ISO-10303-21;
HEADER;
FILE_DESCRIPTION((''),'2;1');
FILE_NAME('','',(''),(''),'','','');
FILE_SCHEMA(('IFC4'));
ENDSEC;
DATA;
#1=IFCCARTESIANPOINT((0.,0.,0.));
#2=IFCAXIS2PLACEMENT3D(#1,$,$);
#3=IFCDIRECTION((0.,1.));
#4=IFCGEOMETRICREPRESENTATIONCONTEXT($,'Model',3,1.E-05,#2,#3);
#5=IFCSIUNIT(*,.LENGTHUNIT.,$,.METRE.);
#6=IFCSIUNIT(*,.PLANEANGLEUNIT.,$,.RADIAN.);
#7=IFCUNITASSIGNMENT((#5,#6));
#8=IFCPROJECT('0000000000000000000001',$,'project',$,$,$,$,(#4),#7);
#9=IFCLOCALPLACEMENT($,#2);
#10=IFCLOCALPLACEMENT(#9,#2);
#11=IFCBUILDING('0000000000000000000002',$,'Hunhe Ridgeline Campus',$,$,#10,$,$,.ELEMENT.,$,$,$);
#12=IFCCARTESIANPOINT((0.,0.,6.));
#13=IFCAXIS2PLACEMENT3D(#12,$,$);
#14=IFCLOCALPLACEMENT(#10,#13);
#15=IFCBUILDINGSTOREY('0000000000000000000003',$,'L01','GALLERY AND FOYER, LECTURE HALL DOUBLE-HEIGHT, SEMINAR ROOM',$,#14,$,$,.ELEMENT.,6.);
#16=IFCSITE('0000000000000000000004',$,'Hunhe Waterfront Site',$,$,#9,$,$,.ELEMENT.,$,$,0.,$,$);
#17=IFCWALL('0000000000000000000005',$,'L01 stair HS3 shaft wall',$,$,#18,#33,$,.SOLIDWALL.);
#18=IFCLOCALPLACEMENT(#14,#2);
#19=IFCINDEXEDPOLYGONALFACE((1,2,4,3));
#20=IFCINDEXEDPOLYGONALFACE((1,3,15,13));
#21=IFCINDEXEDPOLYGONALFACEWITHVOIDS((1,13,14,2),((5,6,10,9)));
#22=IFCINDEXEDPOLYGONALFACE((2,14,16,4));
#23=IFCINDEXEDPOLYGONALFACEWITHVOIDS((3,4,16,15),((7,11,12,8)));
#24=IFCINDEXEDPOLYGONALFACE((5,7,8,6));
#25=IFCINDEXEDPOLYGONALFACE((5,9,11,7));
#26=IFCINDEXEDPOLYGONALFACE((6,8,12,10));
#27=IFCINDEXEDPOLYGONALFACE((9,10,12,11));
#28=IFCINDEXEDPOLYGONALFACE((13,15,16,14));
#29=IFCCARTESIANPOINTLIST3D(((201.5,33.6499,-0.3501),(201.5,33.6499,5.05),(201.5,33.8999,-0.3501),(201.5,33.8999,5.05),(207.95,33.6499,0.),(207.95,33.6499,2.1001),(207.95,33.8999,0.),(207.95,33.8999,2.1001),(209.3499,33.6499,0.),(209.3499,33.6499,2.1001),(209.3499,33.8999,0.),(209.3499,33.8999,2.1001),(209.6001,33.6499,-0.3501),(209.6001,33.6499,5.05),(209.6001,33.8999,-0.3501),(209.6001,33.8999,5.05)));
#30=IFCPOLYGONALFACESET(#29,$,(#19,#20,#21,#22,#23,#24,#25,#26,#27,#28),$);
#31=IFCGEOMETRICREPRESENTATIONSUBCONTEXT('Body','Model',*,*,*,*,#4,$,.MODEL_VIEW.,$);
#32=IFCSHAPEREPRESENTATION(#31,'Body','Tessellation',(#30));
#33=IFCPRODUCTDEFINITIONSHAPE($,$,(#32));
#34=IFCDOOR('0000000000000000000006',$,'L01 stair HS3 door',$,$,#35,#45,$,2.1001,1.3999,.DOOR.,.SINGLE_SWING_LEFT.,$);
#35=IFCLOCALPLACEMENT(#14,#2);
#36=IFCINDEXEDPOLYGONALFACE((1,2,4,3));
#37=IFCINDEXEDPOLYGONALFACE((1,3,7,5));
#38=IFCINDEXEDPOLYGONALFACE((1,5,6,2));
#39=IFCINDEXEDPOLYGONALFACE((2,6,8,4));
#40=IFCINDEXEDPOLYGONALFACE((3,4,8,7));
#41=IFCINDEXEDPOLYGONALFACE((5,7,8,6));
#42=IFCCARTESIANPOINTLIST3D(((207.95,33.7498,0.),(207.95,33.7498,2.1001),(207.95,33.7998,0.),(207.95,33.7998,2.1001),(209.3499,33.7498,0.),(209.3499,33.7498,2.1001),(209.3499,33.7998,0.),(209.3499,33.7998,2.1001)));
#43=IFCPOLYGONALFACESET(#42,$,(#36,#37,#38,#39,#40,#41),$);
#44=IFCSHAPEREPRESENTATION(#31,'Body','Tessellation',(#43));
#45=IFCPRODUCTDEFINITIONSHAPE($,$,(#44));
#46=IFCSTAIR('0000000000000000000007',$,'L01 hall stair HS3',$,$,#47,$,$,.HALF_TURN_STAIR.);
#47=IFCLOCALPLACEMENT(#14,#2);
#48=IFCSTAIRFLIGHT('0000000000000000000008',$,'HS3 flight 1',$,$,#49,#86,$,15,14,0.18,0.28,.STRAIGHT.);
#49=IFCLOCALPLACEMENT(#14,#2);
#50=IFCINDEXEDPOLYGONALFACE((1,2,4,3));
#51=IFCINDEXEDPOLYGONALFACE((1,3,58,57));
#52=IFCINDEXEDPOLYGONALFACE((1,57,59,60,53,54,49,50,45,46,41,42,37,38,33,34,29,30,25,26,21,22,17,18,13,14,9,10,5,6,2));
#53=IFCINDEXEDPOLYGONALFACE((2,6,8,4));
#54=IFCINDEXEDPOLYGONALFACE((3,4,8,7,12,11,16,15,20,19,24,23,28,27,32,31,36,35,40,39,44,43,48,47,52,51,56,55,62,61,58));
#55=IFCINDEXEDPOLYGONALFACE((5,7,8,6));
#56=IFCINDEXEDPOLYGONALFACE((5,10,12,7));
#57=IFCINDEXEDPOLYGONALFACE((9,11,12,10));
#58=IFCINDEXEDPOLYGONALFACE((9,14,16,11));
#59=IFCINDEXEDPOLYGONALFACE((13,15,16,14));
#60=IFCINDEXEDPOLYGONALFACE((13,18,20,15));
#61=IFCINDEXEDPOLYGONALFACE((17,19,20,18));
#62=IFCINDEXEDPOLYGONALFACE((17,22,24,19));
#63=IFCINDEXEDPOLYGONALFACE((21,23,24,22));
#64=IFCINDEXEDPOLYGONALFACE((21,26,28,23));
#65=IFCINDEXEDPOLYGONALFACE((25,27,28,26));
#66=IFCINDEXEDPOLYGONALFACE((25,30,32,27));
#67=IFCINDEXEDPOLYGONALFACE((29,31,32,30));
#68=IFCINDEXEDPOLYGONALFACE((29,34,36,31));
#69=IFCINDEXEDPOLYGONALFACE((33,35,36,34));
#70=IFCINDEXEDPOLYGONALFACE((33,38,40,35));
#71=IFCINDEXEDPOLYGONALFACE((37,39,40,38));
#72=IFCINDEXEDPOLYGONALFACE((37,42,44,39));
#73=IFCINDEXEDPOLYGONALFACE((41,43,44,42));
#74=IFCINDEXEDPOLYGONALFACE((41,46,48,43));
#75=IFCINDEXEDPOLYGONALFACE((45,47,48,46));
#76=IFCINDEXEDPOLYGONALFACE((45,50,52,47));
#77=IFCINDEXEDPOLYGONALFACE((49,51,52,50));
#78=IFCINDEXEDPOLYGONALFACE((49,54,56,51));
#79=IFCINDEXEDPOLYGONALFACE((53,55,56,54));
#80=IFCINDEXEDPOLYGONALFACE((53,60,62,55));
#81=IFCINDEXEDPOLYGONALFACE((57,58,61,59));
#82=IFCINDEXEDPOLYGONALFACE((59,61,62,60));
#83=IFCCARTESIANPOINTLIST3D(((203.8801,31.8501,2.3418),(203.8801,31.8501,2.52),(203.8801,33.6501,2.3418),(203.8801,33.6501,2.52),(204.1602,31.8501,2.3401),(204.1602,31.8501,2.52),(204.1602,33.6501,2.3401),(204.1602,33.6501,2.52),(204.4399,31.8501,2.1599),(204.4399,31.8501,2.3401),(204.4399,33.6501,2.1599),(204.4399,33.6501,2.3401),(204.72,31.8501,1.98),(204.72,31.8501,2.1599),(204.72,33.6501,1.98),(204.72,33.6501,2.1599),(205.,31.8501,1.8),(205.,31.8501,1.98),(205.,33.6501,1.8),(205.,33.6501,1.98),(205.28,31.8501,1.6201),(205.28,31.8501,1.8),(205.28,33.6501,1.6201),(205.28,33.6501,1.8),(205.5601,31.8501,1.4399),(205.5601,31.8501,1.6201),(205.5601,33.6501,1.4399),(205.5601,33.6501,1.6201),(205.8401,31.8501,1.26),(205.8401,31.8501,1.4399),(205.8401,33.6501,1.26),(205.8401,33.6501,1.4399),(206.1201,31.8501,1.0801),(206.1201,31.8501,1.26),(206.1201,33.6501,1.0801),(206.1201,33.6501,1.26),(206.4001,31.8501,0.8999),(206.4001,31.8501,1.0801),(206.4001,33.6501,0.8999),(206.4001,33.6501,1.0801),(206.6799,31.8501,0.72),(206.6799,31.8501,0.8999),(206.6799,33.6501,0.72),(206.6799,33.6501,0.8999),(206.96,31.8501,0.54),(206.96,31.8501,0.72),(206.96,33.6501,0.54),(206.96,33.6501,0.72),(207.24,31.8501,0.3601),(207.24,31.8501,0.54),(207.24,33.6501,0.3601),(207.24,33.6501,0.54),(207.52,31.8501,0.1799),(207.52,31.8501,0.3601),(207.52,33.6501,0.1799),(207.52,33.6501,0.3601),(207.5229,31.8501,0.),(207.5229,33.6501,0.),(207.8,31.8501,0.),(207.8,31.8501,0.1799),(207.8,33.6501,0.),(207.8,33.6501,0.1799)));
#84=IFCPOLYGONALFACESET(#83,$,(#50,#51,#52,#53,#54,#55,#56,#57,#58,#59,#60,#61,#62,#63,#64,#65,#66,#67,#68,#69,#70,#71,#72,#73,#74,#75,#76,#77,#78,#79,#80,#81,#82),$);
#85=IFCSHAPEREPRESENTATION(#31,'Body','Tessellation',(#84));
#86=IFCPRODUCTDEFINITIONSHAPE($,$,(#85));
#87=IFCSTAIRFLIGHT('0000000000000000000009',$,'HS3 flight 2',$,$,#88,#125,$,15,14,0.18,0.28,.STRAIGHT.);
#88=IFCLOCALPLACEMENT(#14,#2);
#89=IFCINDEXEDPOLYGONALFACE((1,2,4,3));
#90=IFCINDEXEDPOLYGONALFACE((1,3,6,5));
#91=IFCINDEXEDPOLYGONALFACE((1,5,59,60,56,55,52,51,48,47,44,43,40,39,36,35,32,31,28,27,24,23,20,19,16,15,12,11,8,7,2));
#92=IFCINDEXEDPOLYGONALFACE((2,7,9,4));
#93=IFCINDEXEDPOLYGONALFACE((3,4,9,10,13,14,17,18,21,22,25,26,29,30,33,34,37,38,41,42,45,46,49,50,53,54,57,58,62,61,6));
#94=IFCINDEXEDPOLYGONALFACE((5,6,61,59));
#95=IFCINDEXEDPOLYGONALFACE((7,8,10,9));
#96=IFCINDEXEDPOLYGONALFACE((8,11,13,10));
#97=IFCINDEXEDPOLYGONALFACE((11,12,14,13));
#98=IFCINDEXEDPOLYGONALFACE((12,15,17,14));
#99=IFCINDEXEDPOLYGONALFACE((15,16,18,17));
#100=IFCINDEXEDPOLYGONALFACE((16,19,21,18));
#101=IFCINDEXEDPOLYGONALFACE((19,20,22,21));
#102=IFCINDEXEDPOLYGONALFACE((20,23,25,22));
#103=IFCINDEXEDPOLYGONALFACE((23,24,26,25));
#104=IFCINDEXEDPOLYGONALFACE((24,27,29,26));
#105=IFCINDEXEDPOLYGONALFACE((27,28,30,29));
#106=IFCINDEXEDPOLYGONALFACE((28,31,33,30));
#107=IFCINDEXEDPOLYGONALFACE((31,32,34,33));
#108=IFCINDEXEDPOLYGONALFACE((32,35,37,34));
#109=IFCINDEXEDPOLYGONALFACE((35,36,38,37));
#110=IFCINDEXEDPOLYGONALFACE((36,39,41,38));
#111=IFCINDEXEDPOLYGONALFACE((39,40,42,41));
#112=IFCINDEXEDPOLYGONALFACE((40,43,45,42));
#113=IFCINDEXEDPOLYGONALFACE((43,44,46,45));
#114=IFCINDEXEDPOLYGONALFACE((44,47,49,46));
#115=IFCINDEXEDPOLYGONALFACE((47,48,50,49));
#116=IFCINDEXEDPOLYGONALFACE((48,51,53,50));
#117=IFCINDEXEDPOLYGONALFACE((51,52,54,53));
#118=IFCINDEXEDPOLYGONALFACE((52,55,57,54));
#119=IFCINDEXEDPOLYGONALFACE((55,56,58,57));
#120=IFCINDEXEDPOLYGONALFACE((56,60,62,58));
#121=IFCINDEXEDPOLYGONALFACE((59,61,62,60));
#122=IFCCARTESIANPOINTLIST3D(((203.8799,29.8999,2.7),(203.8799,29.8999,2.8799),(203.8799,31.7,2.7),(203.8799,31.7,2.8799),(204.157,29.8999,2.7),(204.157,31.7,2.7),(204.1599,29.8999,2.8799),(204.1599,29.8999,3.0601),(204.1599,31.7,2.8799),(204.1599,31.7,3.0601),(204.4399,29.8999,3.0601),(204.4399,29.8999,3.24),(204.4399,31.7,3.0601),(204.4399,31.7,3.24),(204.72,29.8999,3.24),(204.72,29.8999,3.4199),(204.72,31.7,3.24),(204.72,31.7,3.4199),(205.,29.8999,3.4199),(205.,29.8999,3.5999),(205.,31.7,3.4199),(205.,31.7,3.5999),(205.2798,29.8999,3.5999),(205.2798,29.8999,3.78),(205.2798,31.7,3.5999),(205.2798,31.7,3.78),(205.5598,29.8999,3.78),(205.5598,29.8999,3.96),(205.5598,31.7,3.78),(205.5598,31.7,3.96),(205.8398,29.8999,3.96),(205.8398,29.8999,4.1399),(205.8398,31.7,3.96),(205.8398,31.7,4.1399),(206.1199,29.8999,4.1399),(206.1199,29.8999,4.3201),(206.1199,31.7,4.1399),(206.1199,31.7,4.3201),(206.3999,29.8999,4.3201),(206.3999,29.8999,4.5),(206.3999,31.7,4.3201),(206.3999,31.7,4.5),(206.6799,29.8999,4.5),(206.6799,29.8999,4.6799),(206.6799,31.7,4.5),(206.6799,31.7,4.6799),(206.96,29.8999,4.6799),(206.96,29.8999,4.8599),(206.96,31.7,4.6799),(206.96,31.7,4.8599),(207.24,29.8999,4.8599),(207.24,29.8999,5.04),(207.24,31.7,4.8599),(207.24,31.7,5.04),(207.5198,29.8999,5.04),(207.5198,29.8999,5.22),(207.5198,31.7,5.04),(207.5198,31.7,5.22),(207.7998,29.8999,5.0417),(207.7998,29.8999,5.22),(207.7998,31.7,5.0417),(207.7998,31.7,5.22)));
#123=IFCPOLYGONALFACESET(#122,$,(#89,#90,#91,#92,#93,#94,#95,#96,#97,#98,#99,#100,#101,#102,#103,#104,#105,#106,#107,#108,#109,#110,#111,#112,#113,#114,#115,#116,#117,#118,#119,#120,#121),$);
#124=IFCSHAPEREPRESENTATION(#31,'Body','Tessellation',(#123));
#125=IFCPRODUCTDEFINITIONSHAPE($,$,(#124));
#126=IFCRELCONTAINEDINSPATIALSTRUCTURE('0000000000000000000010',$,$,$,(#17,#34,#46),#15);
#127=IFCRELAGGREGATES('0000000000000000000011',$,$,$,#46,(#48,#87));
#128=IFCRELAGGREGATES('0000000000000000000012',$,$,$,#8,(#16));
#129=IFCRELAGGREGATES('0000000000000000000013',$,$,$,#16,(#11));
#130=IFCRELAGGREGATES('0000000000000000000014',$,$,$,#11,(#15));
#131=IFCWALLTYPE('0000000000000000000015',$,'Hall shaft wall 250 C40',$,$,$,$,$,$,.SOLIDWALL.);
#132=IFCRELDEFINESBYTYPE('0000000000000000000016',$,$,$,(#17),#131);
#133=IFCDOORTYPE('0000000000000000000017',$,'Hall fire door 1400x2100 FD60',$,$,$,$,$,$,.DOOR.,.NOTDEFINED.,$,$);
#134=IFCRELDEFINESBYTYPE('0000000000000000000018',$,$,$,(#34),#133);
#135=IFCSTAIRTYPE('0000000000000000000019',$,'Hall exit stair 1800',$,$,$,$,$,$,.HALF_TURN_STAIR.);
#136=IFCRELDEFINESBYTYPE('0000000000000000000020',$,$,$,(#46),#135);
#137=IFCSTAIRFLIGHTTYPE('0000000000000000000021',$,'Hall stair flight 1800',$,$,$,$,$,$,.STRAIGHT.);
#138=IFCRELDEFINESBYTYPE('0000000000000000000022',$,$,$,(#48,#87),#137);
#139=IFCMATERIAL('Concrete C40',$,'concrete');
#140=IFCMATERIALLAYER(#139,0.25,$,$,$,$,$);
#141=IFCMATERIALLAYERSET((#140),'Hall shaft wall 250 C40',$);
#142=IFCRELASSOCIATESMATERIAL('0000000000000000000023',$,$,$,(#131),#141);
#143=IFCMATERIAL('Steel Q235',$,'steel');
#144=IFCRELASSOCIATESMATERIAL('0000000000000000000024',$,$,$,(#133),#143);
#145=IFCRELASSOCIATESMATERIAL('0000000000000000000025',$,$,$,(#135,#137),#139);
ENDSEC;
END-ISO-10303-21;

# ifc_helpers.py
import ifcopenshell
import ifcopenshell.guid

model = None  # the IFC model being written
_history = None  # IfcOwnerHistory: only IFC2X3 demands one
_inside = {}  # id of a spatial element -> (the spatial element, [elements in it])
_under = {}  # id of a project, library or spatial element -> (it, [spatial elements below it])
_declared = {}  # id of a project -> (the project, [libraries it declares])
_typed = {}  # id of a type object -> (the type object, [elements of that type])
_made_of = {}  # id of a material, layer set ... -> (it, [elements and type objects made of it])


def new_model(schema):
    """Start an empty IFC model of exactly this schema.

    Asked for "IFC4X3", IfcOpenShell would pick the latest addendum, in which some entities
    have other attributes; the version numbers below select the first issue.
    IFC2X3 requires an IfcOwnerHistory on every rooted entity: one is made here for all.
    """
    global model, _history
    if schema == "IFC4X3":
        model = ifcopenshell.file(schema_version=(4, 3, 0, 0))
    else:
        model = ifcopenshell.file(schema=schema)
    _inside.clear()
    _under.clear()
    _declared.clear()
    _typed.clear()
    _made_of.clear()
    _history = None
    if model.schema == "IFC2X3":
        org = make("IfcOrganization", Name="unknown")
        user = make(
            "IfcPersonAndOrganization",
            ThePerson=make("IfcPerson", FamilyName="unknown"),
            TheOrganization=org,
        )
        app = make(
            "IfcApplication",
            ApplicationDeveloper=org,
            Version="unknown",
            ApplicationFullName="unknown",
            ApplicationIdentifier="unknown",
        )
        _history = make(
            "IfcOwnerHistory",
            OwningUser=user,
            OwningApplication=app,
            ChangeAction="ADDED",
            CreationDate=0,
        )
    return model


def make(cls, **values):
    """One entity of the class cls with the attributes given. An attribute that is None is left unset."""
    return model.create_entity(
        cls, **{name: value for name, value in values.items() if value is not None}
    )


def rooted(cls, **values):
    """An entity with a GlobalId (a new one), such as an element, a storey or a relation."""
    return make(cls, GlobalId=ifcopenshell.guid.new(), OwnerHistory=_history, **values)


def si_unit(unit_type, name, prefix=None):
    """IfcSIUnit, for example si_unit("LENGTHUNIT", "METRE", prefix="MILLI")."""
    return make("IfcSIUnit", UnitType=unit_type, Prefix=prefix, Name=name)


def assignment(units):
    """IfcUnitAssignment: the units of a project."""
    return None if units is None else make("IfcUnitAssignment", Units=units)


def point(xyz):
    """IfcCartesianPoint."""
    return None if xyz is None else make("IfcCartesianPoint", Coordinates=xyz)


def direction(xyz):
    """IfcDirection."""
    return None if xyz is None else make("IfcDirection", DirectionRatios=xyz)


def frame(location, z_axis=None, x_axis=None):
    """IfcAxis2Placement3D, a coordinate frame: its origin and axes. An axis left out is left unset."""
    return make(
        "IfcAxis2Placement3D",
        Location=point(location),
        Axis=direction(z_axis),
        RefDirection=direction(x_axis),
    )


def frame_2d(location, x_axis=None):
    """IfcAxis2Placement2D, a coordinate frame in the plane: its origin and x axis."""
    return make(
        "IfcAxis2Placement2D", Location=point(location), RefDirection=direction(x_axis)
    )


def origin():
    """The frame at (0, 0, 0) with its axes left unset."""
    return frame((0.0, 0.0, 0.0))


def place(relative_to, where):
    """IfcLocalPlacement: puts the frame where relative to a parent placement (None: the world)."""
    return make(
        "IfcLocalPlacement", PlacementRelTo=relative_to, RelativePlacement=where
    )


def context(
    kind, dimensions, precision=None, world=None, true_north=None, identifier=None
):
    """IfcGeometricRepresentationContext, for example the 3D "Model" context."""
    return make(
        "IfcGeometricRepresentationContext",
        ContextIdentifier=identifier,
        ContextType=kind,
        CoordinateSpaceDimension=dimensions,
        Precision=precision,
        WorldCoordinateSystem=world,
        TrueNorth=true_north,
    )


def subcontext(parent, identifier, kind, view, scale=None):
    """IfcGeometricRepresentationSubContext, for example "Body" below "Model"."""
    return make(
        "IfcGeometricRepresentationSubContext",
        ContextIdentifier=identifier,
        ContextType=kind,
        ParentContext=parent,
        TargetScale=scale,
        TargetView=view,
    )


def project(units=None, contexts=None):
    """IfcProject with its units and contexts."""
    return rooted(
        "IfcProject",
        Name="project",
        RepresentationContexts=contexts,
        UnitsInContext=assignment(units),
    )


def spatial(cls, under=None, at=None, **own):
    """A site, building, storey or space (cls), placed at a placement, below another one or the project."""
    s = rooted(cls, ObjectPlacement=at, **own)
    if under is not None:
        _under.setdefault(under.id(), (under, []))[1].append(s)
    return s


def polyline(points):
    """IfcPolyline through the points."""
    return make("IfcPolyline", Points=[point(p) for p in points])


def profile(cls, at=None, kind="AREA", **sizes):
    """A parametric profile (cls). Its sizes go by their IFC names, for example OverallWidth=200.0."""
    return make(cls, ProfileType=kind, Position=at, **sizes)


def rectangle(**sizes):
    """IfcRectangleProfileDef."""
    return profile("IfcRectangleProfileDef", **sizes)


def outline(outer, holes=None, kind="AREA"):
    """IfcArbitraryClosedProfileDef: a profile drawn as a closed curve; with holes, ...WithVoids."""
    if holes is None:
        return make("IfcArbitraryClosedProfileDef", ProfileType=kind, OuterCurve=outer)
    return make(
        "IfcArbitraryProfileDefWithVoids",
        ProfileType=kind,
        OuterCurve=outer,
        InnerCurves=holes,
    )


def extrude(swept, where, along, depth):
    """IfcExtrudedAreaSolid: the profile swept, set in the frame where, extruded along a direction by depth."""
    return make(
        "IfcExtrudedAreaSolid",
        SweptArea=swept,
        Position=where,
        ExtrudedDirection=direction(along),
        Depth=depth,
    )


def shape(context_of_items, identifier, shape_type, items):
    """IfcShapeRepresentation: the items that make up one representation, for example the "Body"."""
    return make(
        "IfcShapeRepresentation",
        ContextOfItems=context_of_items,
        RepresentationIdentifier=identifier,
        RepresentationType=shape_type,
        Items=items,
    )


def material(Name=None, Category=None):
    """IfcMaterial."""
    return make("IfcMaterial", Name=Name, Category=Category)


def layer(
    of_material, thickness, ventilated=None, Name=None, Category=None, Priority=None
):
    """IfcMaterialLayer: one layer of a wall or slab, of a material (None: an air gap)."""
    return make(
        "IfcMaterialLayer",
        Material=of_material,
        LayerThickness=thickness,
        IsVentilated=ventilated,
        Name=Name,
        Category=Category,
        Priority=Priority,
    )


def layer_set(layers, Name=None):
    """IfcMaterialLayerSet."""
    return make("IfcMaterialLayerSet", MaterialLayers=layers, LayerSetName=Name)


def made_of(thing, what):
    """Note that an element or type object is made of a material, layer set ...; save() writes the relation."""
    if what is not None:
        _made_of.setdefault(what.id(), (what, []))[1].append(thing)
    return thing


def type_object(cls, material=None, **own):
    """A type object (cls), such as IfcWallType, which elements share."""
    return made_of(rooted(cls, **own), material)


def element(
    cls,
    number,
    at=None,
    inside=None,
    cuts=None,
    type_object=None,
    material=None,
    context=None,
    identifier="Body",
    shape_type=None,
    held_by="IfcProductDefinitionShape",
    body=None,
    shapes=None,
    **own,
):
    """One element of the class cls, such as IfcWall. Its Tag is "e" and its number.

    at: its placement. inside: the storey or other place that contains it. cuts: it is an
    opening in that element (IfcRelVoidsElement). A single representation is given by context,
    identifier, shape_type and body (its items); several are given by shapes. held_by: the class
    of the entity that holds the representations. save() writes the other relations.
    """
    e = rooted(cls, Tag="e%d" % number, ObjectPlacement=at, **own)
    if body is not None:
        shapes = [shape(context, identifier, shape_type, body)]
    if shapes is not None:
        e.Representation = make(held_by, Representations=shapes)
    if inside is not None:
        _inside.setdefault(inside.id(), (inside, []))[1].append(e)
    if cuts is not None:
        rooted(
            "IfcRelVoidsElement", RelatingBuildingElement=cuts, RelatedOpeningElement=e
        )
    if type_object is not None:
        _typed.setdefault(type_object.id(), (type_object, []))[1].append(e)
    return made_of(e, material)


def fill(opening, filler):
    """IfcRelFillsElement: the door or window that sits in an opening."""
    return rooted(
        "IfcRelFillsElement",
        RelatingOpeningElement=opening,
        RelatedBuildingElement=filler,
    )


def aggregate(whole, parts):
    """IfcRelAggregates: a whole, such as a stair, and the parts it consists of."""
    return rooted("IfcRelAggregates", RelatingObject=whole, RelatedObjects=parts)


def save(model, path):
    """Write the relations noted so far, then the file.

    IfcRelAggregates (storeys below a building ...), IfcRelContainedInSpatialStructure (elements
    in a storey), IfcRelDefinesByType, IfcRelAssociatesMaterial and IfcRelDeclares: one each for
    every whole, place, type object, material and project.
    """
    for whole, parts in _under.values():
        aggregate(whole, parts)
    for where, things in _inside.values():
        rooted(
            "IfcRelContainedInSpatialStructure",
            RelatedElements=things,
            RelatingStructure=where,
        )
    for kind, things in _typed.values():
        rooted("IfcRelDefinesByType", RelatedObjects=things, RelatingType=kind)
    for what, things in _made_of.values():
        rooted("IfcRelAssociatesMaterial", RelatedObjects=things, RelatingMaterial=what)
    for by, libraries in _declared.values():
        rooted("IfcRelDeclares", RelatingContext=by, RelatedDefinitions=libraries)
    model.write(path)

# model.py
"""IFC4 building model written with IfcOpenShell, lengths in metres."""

from ifc_helpers import new_model, si_unit, direction, frame, frame_2d, origin, place, context, subcontext, project, spatial, polyline, rectangle, outline, extrude, material, layer, layer_set, type_object, element, fill, aggregate, save


model = new_model("IFC4")

# Units and contexts
model_context = context("Model", 3, precision=1e-05, world=origin(), true_north=direction((0.0, 1.0)))
body_context = subcontext(model_context, "Body", "Model", "MODEL_VIEW")
ifc_project = project(units=[si_unit("LENGTHUNIT", "METRE"), si_unit("PLANEANGLEUNIT", "RADIAN")], contexts=[model_context])

# Site, building, storey
site_placement = place(None, origin())
site = spatial("IfcSite", under=ifc_project, at=site_placement, Name="Hunhe Waterfront Site", CompositionType="ELEMENT", RefElevation=0.0)
building_placement = place(site_placement, origin())
building = spatial("IfcBuilding", under=site, at=building_placement, Name="Hunhe Ridgeline Campus", CompositionType="ELEMENT")
storey_placement = place(building_placement, frame((0.0, 0.0, 6.0)))
storey = spatial("IfcBuildingStorey", under=building, at=storey_placement, Name="L01", Description="GALLERY AND FOYER, LECTURE HALL DOUBLE-HEIGHT, SEMINAR ROOM", CompositionType="ELEMENT", Elevation=6.0)

# Shared definitions
ifc_material_1 = material(Name="Concrete C40", Category="concrete")

# Shared definitions
ifc_layer_1 = layer(ifc_material_1, 0.25)
ifc_layer_set_1 = layer_set([ifc_layer_1], Name="Hall shaft wall 250 C40")
wall_type_1 = type_object("IfcWallType", Name="Hall shaft wall 250 C40", PredefinedType="SOLIDWALL", material=ifc_layer_set_1)

# Wall, opening, door
wall_1_placement = place(storey_placement, frame((201.5, 33.7749, -0.3501), z_axis=(0.0, 0.0, 1.0), x_axis=(1.0, 0.0, 0.0)))
wall_1 = element("IfcWall", 1, at=wall_1_placement, inside=storey, type_object=wall_type_1, Name="L01 stair HS3 shaft wall", PredefinedType="SOLIDWALL", context=body_context, shape_type="SweptSolid", body=[
    extrude(rectangle(XDim=8.1001, YDim=0.25, at=frame_2d((4.05, 0.0))), origin(), (0.0, 0.0, 1.0), 5.4001),
])
opening_1_placement = place(wall_1_placement, frame((6.45, 0.0, 0.3501)))
opening_1 = element("IfcOpeningElement", 2, at=opening_1_placement, cuts=wall_1, PredefinedType="OPENING", context=body_context, shape_type="SweptSolid", body=[
    extrude(rectangle(XDim=1.3999, YDim=2.1001, at=frame_2d((0.7, 1.05))), frame((0.0, 0.125, 0.0), z_axis=(0.0, -1.0, 0.0), x_axis=(1.0, 0.0, 0.0)), (0.0, 0.0, 1.0), 0.25),
])
ifc_material_2 = material(Name="Steel Q235", Category="steel")
door_type_1 = type_object("IfcDoorType", Name="Hall fire door 1400x2100 FD60", OperationType="NOTDEFINED", PredefinedType="DOOR", material=ifc_material_2)
door_1_placement = place(opening_1_placement, origin())
door_1 = element("IfcDoor", 3, at=door_1_placement, inside=storey, type_object=door_type_1, Name="L01 stair HS3 door", OperationType="SINGLE_SWING_LEFT", OverallHeight=2.1001, OverallWidth=1.3999, PredefinedType="DOOR", context=body_context, shape_type="SweptSolid", body=[
    extrude(rectangle(XDim=1.3999, YDim=2.1001, at=frame_2d((0.7, 1.05))), frame((0.0, 0.0249, 0.0), z_axis=(0.0, -1.0, 0.0), x_axis=(1.0, 0.0, 0.0)), (0.0, 0.0, 1.0), 0.05),
])
fill(opening_1, door_1)

# Stair, stair flights
stair_type = type_object("IfcStairType", Name="Hall exit stair 1800", PredefinedType="HALF_TURN_STAIR", material=ifc_material_1)
stair_placement = place(storey_placement, origin())
stair = element("IfcStair", 4, at=stair_placement, inside=storey, type_object=stair_type, Name="L01 hall stair HS3", PredefinedType="HALF_TURN_STAIR")
stair_flight_type = type_object("IfcStairFlightType", Name="Hall stair flight 1800", PredefinedType="STRAIGHT", material=ifc_material_1)
stair_flight_1_placement = place(storey_placement, frame((207.8, 32.75, 0.0), z_axis=(0.0, 0.0, 1.0), x_axis=(-1.0, 0.0, 0.0)))
stair_flight_1 = element("IfcStairFlight", 5, at=stair_flight_1_placement, type_object=stair_flight_type, Name="HS3 flight 1", NumberOfRisers=15, NumberOfTreads=14, PredefinedType="STRAIGHT", RiserHeight=0.18, TreadLength=0.28, context=body_context, shape_type="SweptSolid", body=[
    extrude(outline(polyline([(0.0, 0.0), (0.0, 0.1799), (0.28, 0.1799), (0.28, 0.3601), (0.5601, 0.3601), (0.5601, 0.54), (0.8401, 0.54), (0.8401, 0.72), (1.1201, 0.72), (1.1201, 0.8999), (1.3999, 0.8999), (1.3999, 1.0801), (1.6799, 1.0801), (1.6799, 1.26), (1.96, 1.26), (1.96, 1.4399), (2.24, 1.4399), (2.24, 1.6201), (2.52, 1.6201), (2.52, 1.8), (2.8, 1.8), (2.8, 1.98), (3.0801, 1.98), (3.0801, 2.1599), (3.3601, 2.1599), (3.3601, 2.3401), (3.6399, 2.3401), (3.6399, 2.52), (3.9199, 2.52), (3.9199, 2.7), (3.9199, 2.3418), (0.2771, 0.0), (0.0, 0.0)])), frame((0.0, 0.8999, 0.0), z_axis=(0.0, -1.0, 0.0), x_axis=(1.0, 0.0, 0.0)), (0.0, 0.0, 1.0), 1.8),
])
stair_flight_2_placement = place(storey_placement, frame((203.8799, 30.8, 2.7), z_axis=(0.0, 0.0, 1.0), x_axis=(1.0, 0.0, 0.0)))
stair_flight_2 = element("IfcStairFlight", 6, at=stair_flight_2_placement, type_object=stair_flight_type, Name="HS3 flight 2", NumberOfRisers=15, NumberOfTreads=14, PredefinedType="STRAIGHT", RiserHeight=0.18, TreadLength=0.28, context=body_context, shape_type="SweptSolid", body=[
    extrude(outline(polyline([(0.0, 0.0), (0.0, 0.1799), (0.28, 0.1799), (0.28, 0.3601), (0.5601, 0.3601), (0.5601, 0.54), (0.8401, 0.54), (0.8401, 0.72), (1.1201, 0.72), (1.1201, 0.8999), (1.3999, 0.8999), (1.3999, 1.0801), (1.6799, 1.0801), (1.6799, 1.26), (1.96, 1.26), (1.96, 1.4399), (2.24, 1.4399), (2.24, 1.6201), (2.52, 1.6201), (2.52, 1.8), (2.8, 1.8), (2.8, 1.98), (3.0801, 1.98), (3.0801, 2.1599), (3.3601, 2.1599), (3.3601, 2.3401), (3.6399, 2.3401), (3.6399, 2.52), (3.9199, 2.52), (3.9199, 2.7), (3.9199, 2.3418), (0.2771, 0.0), (0.0, 0.0)])), frame((0.0, 0.8999, 0.0), z_axis=(0.0, -1.0, 0.0), x_axis=(1.0, 0.0, 0.0)), (0.0, 0.0, 1.0), 1.8),
])
aggregate(stair, [stair_flight_1, stair_flight_2])

save(model, "model.ifc")
